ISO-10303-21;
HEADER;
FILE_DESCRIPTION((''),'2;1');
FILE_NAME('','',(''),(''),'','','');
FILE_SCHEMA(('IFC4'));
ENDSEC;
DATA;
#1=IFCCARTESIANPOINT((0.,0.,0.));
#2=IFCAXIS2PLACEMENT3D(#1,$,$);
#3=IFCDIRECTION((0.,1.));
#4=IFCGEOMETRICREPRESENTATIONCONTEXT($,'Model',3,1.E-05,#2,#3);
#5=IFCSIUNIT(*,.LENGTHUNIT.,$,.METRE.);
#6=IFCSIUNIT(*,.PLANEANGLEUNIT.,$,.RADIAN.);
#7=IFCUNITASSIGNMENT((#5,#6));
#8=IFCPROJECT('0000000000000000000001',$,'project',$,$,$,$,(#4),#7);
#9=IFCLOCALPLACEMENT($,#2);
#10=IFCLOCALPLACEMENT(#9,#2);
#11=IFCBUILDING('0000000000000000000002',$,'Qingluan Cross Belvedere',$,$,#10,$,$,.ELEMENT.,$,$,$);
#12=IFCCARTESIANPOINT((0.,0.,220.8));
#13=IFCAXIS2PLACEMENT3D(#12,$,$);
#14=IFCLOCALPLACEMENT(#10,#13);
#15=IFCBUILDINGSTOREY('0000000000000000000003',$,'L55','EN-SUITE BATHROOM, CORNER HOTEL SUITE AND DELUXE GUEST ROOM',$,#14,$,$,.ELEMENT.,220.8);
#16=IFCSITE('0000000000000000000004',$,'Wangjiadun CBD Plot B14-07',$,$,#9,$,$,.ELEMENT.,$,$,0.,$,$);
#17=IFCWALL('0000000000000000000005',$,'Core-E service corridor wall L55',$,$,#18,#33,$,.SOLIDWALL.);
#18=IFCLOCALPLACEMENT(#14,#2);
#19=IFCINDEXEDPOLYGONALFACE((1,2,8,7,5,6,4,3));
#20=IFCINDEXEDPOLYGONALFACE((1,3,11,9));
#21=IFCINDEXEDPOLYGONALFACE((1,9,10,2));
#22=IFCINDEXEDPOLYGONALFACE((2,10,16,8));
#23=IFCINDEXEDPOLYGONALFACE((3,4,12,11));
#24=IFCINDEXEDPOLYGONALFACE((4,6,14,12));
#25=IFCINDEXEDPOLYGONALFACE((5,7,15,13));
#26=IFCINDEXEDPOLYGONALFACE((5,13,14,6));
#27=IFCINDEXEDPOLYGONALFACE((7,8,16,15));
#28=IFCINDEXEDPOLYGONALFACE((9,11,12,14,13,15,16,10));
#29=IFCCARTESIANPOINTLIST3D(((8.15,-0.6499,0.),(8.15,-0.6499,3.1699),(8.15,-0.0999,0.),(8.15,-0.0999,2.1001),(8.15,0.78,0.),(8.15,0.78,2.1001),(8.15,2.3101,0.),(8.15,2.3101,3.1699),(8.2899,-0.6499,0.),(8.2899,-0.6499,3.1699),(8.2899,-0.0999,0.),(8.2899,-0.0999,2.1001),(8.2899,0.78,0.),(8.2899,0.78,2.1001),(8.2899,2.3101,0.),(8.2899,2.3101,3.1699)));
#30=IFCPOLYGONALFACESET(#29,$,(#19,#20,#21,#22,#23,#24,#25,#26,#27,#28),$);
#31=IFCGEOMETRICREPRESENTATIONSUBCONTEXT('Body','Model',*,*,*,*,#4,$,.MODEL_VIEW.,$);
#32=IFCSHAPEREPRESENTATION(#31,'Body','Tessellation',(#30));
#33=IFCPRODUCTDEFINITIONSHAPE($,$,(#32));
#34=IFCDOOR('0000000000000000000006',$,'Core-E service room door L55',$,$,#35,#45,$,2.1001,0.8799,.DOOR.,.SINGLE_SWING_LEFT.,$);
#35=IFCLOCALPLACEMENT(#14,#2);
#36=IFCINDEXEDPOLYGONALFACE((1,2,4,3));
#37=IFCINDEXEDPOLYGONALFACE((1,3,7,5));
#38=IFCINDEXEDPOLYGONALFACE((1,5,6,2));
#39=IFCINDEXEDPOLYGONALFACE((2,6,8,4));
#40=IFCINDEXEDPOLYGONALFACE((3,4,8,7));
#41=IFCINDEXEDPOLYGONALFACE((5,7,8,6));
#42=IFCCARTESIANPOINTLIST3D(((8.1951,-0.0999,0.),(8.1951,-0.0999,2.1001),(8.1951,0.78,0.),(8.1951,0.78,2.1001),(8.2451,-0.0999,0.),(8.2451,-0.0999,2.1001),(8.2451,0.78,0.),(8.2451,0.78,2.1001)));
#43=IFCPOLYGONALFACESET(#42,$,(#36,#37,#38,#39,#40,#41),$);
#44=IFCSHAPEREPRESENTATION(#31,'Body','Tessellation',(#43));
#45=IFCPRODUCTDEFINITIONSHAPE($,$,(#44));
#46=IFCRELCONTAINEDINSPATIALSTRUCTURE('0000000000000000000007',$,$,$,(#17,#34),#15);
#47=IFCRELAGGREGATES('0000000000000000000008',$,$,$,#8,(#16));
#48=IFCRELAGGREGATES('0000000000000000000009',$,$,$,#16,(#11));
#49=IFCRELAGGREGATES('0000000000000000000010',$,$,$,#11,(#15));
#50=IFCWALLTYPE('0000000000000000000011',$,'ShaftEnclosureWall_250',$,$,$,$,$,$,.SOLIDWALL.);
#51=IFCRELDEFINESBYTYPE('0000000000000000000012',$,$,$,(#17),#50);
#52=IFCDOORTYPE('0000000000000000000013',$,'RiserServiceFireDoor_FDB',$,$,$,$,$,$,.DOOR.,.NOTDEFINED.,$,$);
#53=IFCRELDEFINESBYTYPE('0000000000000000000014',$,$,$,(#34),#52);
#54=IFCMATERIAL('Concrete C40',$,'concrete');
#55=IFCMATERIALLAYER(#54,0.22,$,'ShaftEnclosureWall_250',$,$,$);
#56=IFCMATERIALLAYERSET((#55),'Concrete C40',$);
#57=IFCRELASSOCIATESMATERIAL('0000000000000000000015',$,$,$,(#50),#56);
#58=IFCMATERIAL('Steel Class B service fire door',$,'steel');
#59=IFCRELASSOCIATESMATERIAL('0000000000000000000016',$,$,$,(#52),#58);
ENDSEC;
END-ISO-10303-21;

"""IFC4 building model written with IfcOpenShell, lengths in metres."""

from ifc_helpers import new_model, si_unit, direction, frame, frame_2d, origin, place, context, subcontext, project, spatial, rectangle, extrude, material, layer, layer_set, type_object, element, fill, save


model = new_model("IFC4")

# Units and contexts
model_context = context("Model", 3, precision=1e-05, world=origin(), true_north=direction((0.0, 1.0)))
body_context = subcontext(model_context, "Body", "Model", "MODEL_VIEW")
ifc_project = project(units=[si_unit("LENGTHUNIT", "METRE"), si_unit("PLANEANGLEUNIT", "RADIAN")], contexts=[model_context])

# Site, building, storey
site_placement = place(None, origin())
site = spatial("IfcSite", under=ifc_project, at=site_placement, Name="Wangjiadun CBD Plot B14-07", CompositionType="ELEMENT", RefElevation=0.0)
building_placement = place(site_placement, origin())
building = spatial("IfcBuilding", under=site, at=building_placement, Name="Qingluan Cross Belvedere", CompositionType="ELEMENT")
storey_placement = place(building_placement, frame((0.0, 0.0, 220.8)))
storey = spatial("IfcBuildingStorey", under=building, at=storey_placement, Name="L55", Description="EN-SUITE BATHROOM, CORNER HOTEL SUITE AND DELUXE GUEST ROOM", CompositionType="ELEMENT", Elevation=220.8)

# Shared definitions
ifc_material_1 = material(Name="Concrete C40", Category="concrete")
ifc_layer_1 = layer(ifc_material_1, 0.22, Name="ShaftEnclosureWall_250")
ifc_layer_set_1 = layer_set([ifc_layer_1], Name="Concrete C40")
wall_type_1 = type_object("IfcWallType", Name="ShaftEnclosureWall_250", PredefinedType="SOLIDWALL", material=ifc_layer_set_1)
ifc_material_2 = material(Name="Steel Class B service fire door", Category="steel")
door_type_1 = type_object("IfcDoorType", Name="RiserServiceFireDoor_FDB", OperationType="NOTDEFINED", PredefinedType="DOOR", material=ifc_material_2)

# Wall, opening, door
wall_1_placement = place(storey_placement, frame((8.22, -0.6499, 0.0), z_axis=(0.0, 0.0, 1.0), x_axis=(0.0, 1.0, 0.0)))
wall_1 = element("IfcWall", 1, at=wall_1_placement, inside=storey, type_object=wall_type_1, Name="Core-E service corridor wall L55", PredefinedType="SOLIDWALL", context=body_context, shape_type="SweptSolid", body=[
    extrude(rectangle(XDim=2.96, YDim=0.1399, at=frame_2d((1.48, 0.0))), origin(), (0.0, 0.0, 1.0), 3.1699),
])
opening_1_placement = place(wall_1_placement, frame((0.55, 0.0, 0.0)))
opening_1 = element("IfcOpeningElement", 2, at=opening_1_placement, cuts=wall_1, PredefinedType="OPENING", context=body_context, shape_type="SweptSolid", body=[
    extrude(rectangle(XDim=0.8799, YDim=2.1001, at=frame_2d((0.4399, 1.05))), frame((0.0, 0.0798, 0.0), z_axis=(0.0, -1.0, 0.0), x_axis=(1.0, 0.0, 0.0)), (0.0, 0.0, 1.0), 0.1599),
])
door_1_placement = place(opening_1_placement, origin())
door_1 = element("IfcDoor", 3, at=door_1_placement, inside=storey, type_object=door_type_1, Name="Core-E service room door L55", OperationType="SINGLE_SWING_LEFT", OverallHeight=2.1001, OverallWidth=0.8799, PredefinedType="DOOR", context=body_context, shape_type="SweptSolid", body=[
    extrude(rectangle(XDim=0.8799, YDim=2.1001, at=frame_2d((0.4399, 1.05))), frame((0.0, 0.0249, 0.0), z_axis=(0.0, -1.0, 0.0), x_axis=(1.0, 0.0, 0.0)), (0.0, 0.0, 1.0), 0.05),
])
fill(opening_1, door_1)

save(model, "model.ifc")
